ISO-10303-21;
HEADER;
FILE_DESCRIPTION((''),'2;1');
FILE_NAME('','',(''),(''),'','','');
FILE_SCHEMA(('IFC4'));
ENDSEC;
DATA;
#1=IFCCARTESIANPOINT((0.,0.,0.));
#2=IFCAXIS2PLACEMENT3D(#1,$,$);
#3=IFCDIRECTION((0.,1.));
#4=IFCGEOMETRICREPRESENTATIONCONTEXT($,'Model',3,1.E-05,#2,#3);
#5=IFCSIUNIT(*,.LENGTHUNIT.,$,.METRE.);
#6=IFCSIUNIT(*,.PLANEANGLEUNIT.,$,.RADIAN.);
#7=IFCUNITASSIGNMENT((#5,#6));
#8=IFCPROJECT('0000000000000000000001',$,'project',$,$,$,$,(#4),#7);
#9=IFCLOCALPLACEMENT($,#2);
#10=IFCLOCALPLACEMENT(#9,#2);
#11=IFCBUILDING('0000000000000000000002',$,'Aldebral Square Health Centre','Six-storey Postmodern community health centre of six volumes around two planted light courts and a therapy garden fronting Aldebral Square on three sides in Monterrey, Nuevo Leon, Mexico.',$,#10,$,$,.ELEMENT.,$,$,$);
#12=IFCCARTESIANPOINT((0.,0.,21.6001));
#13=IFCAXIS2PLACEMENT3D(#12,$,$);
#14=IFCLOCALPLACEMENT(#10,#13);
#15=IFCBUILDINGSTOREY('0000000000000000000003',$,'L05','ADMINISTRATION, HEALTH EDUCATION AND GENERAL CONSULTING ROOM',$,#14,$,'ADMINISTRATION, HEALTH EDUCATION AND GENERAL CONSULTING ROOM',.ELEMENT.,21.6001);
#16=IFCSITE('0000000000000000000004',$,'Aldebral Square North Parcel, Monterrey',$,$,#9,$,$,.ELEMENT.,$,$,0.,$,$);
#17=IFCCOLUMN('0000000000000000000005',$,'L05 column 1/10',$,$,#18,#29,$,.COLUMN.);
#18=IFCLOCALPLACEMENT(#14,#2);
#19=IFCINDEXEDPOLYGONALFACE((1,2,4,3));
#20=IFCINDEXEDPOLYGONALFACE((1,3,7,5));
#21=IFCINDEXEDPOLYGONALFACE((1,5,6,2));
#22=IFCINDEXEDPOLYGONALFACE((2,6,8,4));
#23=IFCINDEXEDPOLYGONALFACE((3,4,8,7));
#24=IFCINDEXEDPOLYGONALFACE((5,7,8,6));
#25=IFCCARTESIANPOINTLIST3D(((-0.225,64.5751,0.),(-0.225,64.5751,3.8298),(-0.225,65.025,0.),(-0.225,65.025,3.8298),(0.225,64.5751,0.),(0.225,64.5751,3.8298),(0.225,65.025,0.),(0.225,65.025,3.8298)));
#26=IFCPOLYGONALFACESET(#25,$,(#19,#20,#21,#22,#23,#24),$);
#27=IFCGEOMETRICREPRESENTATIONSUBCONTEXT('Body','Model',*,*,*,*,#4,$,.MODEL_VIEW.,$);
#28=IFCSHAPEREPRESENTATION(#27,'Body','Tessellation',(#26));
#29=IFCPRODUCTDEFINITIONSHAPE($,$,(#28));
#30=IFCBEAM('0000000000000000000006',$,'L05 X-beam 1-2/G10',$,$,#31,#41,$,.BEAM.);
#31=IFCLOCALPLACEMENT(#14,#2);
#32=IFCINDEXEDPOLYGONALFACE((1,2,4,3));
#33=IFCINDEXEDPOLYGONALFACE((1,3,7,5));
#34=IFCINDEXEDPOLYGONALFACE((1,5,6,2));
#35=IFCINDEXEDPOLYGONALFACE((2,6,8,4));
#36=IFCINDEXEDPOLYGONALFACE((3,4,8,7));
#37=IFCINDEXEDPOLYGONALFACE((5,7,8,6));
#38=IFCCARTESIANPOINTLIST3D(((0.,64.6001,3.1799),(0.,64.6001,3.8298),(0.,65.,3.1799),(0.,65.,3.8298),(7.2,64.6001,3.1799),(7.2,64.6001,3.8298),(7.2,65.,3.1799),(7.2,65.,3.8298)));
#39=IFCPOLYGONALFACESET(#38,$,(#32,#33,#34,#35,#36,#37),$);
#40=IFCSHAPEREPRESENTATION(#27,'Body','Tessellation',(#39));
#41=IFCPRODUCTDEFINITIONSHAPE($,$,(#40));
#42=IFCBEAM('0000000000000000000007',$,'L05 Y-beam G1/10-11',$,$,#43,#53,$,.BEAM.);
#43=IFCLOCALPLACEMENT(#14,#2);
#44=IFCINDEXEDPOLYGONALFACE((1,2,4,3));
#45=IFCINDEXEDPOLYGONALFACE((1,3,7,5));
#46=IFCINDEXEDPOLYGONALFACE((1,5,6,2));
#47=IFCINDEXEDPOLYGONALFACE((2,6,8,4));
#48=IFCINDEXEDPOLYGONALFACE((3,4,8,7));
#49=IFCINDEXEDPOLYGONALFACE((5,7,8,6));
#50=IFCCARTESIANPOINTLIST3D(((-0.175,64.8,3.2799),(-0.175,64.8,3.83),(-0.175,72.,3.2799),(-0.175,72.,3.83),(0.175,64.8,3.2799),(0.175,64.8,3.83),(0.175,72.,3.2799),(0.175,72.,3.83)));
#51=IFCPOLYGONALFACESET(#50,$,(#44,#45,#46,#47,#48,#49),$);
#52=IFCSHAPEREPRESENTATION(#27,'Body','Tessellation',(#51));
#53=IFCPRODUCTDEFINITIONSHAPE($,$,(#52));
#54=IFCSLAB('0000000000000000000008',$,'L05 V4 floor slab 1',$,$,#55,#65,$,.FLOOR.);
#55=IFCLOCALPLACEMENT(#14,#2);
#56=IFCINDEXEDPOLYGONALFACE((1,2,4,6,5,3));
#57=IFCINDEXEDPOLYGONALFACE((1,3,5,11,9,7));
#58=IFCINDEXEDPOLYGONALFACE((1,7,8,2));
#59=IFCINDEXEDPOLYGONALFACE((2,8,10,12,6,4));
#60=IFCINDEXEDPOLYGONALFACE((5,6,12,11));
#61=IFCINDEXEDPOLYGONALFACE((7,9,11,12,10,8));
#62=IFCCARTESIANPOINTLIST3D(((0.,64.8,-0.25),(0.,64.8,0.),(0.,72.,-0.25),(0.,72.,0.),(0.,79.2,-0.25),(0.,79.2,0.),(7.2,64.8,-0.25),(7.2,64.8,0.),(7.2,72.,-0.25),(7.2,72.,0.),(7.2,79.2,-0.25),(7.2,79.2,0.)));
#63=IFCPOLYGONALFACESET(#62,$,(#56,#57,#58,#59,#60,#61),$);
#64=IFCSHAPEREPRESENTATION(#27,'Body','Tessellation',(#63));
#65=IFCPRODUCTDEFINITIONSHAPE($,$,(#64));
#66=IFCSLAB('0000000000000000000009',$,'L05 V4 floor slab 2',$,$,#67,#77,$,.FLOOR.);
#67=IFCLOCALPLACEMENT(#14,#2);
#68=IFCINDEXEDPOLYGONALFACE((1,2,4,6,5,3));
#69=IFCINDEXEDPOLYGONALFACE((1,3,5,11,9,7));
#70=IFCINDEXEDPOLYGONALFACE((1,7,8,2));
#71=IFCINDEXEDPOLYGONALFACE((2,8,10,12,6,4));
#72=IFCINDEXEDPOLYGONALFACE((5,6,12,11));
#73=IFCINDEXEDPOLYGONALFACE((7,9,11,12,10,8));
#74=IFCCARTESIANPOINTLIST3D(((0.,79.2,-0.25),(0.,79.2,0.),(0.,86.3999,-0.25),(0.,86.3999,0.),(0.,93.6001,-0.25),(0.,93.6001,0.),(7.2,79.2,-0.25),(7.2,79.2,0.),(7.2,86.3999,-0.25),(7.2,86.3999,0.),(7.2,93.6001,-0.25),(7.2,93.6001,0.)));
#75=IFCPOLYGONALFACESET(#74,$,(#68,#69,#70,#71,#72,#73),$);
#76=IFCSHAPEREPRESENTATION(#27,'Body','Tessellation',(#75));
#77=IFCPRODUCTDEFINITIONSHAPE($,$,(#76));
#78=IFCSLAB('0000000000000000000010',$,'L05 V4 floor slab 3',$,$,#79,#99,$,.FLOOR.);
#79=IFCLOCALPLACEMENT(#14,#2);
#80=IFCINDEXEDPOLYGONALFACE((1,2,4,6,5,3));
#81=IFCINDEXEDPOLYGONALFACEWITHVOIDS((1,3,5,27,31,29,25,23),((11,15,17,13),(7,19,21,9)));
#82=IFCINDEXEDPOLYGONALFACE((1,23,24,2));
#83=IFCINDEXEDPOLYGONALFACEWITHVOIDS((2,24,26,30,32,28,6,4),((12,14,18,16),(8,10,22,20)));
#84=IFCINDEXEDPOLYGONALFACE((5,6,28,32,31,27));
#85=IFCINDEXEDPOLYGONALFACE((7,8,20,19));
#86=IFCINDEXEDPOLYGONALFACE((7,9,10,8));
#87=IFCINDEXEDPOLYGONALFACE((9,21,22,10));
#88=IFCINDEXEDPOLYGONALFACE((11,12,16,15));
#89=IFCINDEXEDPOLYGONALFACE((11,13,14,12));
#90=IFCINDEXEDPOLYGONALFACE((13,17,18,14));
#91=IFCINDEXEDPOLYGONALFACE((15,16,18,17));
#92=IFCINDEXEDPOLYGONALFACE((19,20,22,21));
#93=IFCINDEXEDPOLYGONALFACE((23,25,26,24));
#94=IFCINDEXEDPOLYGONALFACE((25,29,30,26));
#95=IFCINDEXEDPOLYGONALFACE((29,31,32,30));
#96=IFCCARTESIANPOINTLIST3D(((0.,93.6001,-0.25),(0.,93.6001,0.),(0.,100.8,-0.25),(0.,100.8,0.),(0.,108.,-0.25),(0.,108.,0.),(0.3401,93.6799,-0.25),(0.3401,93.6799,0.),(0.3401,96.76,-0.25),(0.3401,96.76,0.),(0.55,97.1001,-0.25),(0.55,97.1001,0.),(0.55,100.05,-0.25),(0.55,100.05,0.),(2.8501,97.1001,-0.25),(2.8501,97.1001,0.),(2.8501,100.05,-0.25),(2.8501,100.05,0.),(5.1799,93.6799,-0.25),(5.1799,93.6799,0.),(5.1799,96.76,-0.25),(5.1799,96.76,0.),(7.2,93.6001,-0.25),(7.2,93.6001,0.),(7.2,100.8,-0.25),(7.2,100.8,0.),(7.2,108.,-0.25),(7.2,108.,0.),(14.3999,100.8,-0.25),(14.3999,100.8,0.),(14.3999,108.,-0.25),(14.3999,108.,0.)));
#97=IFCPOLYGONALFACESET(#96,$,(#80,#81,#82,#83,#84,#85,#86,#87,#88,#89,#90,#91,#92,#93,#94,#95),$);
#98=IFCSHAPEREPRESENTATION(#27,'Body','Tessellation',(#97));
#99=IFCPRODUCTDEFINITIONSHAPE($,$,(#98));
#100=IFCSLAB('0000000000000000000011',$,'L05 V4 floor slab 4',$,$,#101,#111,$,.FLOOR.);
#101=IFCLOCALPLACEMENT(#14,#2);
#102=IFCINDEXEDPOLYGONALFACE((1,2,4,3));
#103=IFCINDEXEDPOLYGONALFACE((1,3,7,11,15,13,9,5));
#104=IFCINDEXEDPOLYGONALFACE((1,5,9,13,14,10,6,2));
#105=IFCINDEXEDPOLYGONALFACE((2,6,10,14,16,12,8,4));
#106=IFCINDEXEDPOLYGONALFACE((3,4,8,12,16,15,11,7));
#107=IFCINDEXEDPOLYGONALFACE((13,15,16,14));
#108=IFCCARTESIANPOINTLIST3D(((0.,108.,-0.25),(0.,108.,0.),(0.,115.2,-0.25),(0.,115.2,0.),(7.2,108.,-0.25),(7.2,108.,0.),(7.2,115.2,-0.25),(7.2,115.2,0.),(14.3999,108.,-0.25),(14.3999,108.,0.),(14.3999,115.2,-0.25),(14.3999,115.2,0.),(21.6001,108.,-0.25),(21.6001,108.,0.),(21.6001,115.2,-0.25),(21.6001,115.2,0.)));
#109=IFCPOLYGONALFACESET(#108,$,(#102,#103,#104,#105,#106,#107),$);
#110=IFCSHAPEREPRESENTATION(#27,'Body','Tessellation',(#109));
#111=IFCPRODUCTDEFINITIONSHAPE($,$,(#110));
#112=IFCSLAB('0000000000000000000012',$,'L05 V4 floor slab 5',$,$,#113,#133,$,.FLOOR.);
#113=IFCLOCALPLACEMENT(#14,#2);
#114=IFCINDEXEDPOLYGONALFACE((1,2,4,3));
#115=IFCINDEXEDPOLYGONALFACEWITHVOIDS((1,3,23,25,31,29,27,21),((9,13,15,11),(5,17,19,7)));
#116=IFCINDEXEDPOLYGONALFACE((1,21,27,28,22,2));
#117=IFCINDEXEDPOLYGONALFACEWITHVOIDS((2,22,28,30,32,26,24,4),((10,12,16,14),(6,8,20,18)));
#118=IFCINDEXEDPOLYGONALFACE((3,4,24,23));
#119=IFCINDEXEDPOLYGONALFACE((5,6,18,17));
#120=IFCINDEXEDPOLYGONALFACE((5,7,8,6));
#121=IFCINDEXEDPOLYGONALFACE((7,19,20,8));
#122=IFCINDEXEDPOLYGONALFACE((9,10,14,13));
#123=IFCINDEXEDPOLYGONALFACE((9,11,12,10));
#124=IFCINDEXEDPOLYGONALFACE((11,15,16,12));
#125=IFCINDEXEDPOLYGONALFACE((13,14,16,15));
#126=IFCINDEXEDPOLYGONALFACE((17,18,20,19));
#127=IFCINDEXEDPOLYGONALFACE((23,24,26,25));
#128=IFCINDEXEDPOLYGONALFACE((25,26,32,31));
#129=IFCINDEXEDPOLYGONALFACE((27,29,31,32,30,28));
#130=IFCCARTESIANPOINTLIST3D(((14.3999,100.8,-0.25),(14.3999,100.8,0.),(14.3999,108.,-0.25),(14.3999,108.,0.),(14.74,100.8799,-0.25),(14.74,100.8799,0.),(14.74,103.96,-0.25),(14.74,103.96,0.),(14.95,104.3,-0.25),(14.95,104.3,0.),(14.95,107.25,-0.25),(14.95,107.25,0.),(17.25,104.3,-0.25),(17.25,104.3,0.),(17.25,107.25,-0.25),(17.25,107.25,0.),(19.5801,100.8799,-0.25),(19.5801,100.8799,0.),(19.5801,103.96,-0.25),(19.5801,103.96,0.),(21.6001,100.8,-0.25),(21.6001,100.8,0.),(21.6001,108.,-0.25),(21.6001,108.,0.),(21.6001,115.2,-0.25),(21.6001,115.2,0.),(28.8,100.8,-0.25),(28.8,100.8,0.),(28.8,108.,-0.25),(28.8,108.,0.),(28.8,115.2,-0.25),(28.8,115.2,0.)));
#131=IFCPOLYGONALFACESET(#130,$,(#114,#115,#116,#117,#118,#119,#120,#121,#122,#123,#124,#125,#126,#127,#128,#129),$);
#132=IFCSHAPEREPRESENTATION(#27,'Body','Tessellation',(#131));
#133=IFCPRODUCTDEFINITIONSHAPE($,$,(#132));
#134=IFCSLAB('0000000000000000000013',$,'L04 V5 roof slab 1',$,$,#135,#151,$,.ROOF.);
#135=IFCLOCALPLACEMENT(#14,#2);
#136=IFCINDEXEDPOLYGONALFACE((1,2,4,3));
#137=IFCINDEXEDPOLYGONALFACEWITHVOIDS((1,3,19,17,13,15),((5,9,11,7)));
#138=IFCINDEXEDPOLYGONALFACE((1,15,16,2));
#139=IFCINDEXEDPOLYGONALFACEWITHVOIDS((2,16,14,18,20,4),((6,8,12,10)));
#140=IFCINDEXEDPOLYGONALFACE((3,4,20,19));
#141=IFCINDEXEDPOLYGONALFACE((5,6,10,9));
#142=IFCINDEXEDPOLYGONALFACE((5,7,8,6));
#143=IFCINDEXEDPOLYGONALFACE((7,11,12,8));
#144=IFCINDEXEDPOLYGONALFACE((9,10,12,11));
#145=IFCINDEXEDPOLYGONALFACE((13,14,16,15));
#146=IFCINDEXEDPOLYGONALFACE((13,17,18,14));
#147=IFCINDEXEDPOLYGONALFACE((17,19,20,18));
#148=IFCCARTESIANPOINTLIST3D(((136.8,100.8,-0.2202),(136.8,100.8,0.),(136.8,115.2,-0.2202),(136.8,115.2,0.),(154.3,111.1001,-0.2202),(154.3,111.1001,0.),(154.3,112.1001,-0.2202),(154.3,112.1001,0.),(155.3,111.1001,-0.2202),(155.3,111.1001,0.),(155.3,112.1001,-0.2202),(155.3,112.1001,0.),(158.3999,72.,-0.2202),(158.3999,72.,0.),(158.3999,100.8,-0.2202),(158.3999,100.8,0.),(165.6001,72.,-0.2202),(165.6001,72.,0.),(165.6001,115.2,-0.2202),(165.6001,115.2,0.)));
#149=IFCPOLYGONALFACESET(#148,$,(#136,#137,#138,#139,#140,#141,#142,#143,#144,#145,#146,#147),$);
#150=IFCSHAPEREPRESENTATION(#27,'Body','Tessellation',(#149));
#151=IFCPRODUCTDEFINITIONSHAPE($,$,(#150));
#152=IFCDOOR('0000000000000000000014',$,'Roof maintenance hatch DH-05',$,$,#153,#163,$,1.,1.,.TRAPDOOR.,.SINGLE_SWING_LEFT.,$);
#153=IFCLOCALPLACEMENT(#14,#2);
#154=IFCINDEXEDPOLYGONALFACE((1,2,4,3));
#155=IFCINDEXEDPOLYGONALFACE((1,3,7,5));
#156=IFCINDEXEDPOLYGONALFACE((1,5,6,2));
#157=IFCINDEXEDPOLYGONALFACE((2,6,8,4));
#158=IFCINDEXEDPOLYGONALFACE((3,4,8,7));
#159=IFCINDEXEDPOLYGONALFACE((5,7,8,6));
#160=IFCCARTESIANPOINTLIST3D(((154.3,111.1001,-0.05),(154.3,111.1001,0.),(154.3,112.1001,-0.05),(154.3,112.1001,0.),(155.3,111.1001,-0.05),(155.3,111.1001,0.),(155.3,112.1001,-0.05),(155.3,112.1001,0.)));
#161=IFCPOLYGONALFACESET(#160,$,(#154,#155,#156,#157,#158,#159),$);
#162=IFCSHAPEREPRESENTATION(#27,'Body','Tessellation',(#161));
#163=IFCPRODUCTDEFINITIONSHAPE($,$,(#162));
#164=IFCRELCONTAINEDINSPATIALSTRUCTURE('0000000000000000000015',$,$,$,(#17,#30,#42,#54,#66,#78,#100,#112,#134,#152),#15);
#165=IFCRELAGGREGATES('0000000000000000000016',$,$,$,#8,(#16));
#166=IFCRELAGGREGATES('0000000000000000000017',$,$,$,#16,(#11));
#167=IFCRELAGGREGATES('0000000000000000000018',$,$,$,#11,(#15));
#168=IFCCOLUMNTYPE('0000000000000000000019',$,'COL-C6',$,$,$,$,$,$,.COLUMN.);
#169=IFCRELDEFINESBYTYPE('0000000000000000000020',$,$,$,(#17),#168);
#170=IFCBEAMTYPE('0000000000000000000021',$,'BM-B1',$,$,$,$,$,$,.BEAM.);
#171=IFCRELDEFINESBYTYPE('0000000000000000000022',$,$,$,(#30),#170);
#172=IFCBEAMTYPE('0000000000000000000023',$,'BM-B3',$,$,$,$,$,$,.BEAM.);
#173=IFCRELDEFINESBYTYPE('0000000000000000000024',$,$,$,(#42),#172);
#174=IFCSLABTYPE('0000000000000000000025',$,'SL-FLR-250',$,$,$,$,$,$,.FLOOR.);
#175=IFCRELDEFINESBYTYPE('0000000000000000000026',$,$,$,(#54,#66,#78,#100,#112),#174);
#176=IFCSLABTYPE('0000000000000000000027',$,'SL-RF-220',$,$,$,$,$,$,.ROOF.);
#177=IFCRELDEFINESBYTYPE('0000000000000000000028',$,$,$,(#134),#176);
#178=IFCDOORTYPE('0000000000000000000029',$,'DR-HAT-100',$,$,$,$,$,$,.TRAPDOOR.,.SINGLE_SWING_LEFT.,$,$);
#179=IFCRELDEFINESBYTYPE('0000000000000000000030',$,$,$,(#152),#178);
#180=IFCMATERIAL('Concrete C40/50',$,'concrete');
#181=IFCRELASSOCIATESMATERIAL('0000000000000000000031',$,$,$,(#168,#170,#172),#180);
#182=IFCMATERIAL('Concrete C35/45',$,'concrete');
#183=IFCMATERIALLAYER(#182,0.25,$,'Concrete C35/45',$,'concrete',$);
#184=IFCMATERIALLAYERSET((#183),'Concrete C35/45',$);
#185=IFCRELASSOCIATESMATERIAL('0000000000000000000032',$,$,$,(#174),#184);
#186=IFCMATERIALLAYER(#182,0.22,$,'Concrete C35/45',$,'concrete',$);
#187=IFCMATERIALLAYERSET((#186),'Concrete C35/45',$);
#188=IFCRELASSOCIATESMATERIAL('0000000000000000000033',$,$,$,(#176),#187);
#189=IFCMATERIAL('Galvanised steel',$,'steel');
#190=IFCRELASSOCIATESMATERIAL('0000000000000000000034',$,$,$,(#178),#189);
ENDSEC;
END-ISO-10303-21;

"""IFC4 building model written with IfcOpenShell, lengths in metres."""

from ifc_helpers import new_model, si_unit, direction, frame, origin, origin_2d, place, context, subcontext, project, spatial, polyline, rectangle, outline, extrude, material, layer, layer_set, material_profile, profile_set, type_object, element, fill, save


model = new_model("IFC4")

# Units and contexts
model_context = context("Model", 3, precision=1e-05, world=origin(), true_north=direction((0.0, 1.0)))
body_context = subcontext(model_context, "Body", "Model", "MODEL_VIEW")
ifc_project = project(units=[si_unit("LENGTHUNIT", "METRE"), si_unit("PLANEANGLEUNIT", "RADIAN")], contexts=[model_context])

# Site, building, storey
site_placement = place(None, origin())
site = spatial("IfcSite", under=ifc_project, at=site_placement, Name="Aldebral Square North Parcel, Monterrey", CompositionType="ELEMENT", RefElevation=0.0)
building_placement = place(site_placement, origin())
building = spatial("IfcBuilding", under=site, at=building_placement, Name="Aldebral Square Health Centre", Description="Six-storey Postmodern community health centre of six volumes around two planted light courts and a therapy garden fronting Aldebral Square on three sides in Monterrey, Nuevo Leon, Mexico.", CompositionType="ELEMENT")
storey_placement = place(building_placement, frame((0.0, 0.0, 21.6001)))
storey = spatial("IfcBuildingStorey", under=building, at=storey_placement, Name="L05", Description="ADMINISTRATION, HEALTH EDUCATION AND GENERAL CONSULTING ROOM", LongName="ADMINISTRATION, HEALTH EDUCATION AND GENERAL CONSULTING ROOM", CompositionType="ELEMENT", Elevation=21.6001)

# Column
ifc_material_1 = material(Name="Concrete C40/50", Category="concrete")
ifc_material_profile_1 = material_profile(ifc_material_1, rectangle(XDim=0.45, YDim=0.45, at=origin_2d()), Name="RC 450x450")
ifc_profile_set_1 = profile_set([ifc_material_profile_1], Name="Concrete C40/50")
column_type = type_object("IfcColumnType", Name="COL-C6", PredefinedType="COLUMN", material=ifc_profile_set_1)
column_placement = place(storey_placement, frame((0.0, 64.8, 0.0), z_axis=(0.0, 0.0, 1.0), x_axis=(1.0, 0.0, 0.0)))
element("IfcColumn", 1, at=column_placement, inside=storey, type_object=column_type, Name="L05 column 1/10", PredefinedType="COLUMN", context=body_context, shape_type="SweptSolid", body=[
    extrude(rectangle(XDim=0.45, YDim=0.45, at=origin_2d()), origin(), (0.0, 0.0, 1.0), 3.8298),
])

# Beams
ifc_material_profile_2 = material_profile(ifc_material_1, rectangle(XDim=0.3999, YDim=0.6499, at=origin_2d()), Name="RC 400x650")
ifc_profile_set_2 = profile_set([ifc_material_profile_2], Name="Concrete C40/50")
beam_type_1 = type_object("IfcBeamType", Name="BM-B1", PredefinedType="BEAM", material=ifc_profile_set_2)
beam_1_placement = place(storey_placement, frame((0.0, 64.8, 3.5049), z_axis=(1.0, 0.0, 0.0), x_axis=(0.0, 1.0, 0.0)))
element("IfcBeam", 2, at=beam_1_placement, inside=storey, type_object=beam_type_1, Name="L05 X-beam 1-2/G10", PredefinedType="BEAM", context=body_context, shape_type="SweptSolid", body=[
    extrude(rectangle(XDim=0.3999, YDim=0.6499, at=origin_2d()), origin(), (0.0, 0.0, 1.0), 7.2),
])
ifc_material_profile_3 = material_profile(ifc_material_1, rectangle(XDim=0.3501, YDim=0.55, at=origin_2d()), Name="RC 350x550")
ifc_profile_set_3 = profile_set([ifc_material_profile_3], Name="Concrete C40/50")
beam_type_2 = type_object("IfcBeamType", Name="BM-B3", PredefinedType="BEAM", material=ifc_profile_set_3)
beam_2_placement = place(storey_placement, frame((0.0, 64.8, 3.5549), z_axis=(0.0, 1.0, 0.0), x_axis=(-1.0, 0.0, 0.0)))
element("IfcBeam", 3, at=beam_2_placement, inside=storey, type_object=beam_type_2, Name="L05 Y-beam G1/10-11", PredefinedType="BEAM", context=body_context, shape_type="SweptSolid", body=[
    extrude(rectangle(XDim=0.3501, YDim=0.55, at=origin_2d()), origin(), (0.0, 0.0, 1.0), 7.2),
])

# Slabs
ifc_material_2 = material(Name="Concrete C35/45", Category="concrete")
ifc_layer_1 = layer(ifc_material_2, 0.25, Name="Concrete C35/45", Category="concrete")
ifc_layer_set_1 = layer_set([ifc_layer_1], Name="Concrete C35/45")
slab_type_1 = type_object("IfcSlabType", Name="SL-FLR-250", PredefinedType="FLOOR", material=ifc_layer_set_1)
slab_1_placement = place(storey_placement, frame((0.0, 0.0, -0.25)))
element("IfcSlab", 4, at=slab_1_placement, inside=storey, type_object=slab_type_1, Name="L05 V4 floor slab 1", PredefinedType="FLOOR", context=body_context, shape_type="SweptSolid", body=[
    extrude(outline(polyline([(0.0, 64.8), (0.0, 72.0), (0.0, 79.2), (7.2, 79.2), (7.2, 72.0), (7.2, 64.8), (0.0, 64.8)])), origin(), (0.0, 0.0, 1.0), 0.25),
])
slab_2_placement = place(storey_placement, frame((0.0, 0.0, -0.25)))
element("IfcSlab", 5, at=slab_2_placement, inside=storey, type_object=slab_type_1, Name="L05 V4 floor slab 2", PredefinedType="FLOOR", context=body_context, shape_type="SweptSolid", body=[
    extrude(outline(polyline([(0.0, 79.2), (0.0, 86.3999), (0.0, 93.6001), (7.2, 93.6001), (7.2, 86.3999), (7.2, 79.2), (0.0, 79.2)])), origin(), (0.0, 0.0, 1.0), 0.25),
])
slab_3_placement = place(storey_placement, frame((0.0, 0.0, -0.25)))
element("IfcSlab", 6, at=slab_3_placement, inside=storey, type_object=slab_type_1, Name="L05 V4 floor slab 3", PredefinedType="FLOOR", context=body_context, shape_type="SweptSolid", body=[
    extrude(outline(polyline([(0.0, 93.6001), (0.0, 100.8), (0.0, 108.0), (7.2, 108.0), (14.3999, 108.0), (14.3999, 100.8), (7.2, 100.8), (7.2, 93.6001), (0.0, 93.6001)]), holes=[polyline([(0.3401, 93.6799), (5.1799, 93.6799), (5.1799, 96.76), (0.3401, 96.76), (0.3401, 93.6799)]), polyline([(0.55, 97.1001), (2.8501, 97.1001), (2.8501, 100.05), (0.55, 100.05), (0.55, 97.1001)])]), origin(), (0.0, 0.0, 1.0), 0.25),
])
slab_4_placement = place(storey_placement, frame((0.0, 0.0, -0.25)))
element("IfcSlab", 7, at=slab_4_placement, inside=storey, type_object=slab_type_1, Name="L05 V4 floor slab 4", PredefinedType="FLOOR", context=body_context, shape_type="SweptSolid", body=[
    extrude(outline(polyline([(0.0, 115.2), (7.2, 115.2), (14.3999, 115.2), (21.6001, 115.2), (21.6001, 108.0), (14.3999, 108.0), (7.2, 108.0), (0.0, 108.0), (0.0, 115.2)])), origin(), (0.0, 0.0, 1.0), 0.25),
])
slab_5_placement = place(storey_placement, frame((0.0, 0.0, -0.25)))
element("IfcSlab", 8, at=slab_5_placement, inside=storey, type_object=slab_type_1, Name="L05 V4 floor slab 5", PredefinedType="FLOOR", context=body_context, shape_type="SweptSolid", body=[
    extrude(outline(polyline([(14.3999, 108.0), (21.6001, 108.0), (21.6001, 115.2), (28.8, 115.2), (28.8, 108.0), (28.8, 100.8), (21.6001, 100.8), (14.3999, 100.8), (14.3999, 108.0)]), holes=[polyline([(14.74, 100.8799), (19.5801, 100.8799), (19.5801, 103.96), (14.74, 103.96), (14.74, 100.8799)]), polyline([(14.95, 104.3), (17.25, 104.3), (17.25, 107.25), (14.95, 107.25), (14.95, 104.3)])]), origin(), (0.0, 0.0, 1.0), 0.25),
])

# Slab, opening, door
ifc_layer_2 = layer(ifc_material_2, 0.22, Name="Concrete C35/45", Category="concrete")
ifc_layer_set_2 = layer_set([ifc_layer_2], Name="Concrete C35/45")
slab_type_2 = type_object("IfcSlabType", Name="SL-RF-220", PredefinedType="ROOF", material=ifc_layer_set_2)
slab_6_placement = place(storey_placement, frame((0.0, 0.0, -0.2202)))
slab_6 = element("IfcSlab", 9, at=slab_6_placement, inside=storey, type_object=slab_type_2, Name="L04 V5 roof slab 1", PredefinedType="ROOF", context=body_context, shape_type="SweptSolid", body=[
    extrude(outline(polyline([(144.0, 115.2), (151.2, 115.2), (158.3999, 115.2), (165.6001, 115.2), (165.6001, 108.0), (165.6001, 100.8), (165.6001, 93.6001), (165.6001, 86.3999), (165.6001, 79.2), (165.6001, 72.0), (158.3999, 72.0), (158.3999, 79.2), (158.3999, 86.3999), (158.3999, 93.6001), (158.3999, 100.8), (151.2, 100.8), (144.0, 100.8), (136.8, 100.8), (136.8, 108.0), (136.8, 115.2), (144.0, 115.2)])), origin(), (0.0, 0.0, 1.0), 0.2202),
])
opening_placement = place(slab_6_placement, frame((154.8, 111.6001, -0.01)))
opening = element("IfcOpeningElement", 10, at=opening_placement, cuts=slab_6, PredefinedType="OPENING", context=body_context, shape_type="SweptSolid", body=[
    extrude(rectangle(XDim=1.0, YDim=1.0, at=origin_2d()), origin(), (0.0, 0.0, 1.0), 0.2402),
])
ifc_material_3 = material(Name="Galvanised steel", Category="steel")
door_type = type_object("IfcDoorType", Name="DR-HAT-100", OperationType="SINGLE_SWING_LEFT", PredefinedType="TRAPDOOR", material=ifc_material_3)
door_placement = place(slab_6_placement, frame((154.8, 111.6001, 0.1702)))
door = element("IfcDoor", 11, at=door_placement, inside=storey, type_object=door_type, Name="Roof maintenance hatch DH-05", OperationType="SINGLE_SWING_LEFT", OverallHeight=1.0, OverallWidth=1.0, PredefinedType="TRAPDOOR", context=body_context, shape_type="SweptSolid", body=[
    extrude(rectangle(XDim=1.0, YDim=1.0, at=origin_2d()), origin(), (0.0, 0.0, 1.0), 0.05),
])
fill(opening, door)

save(model, "model.ifc")
